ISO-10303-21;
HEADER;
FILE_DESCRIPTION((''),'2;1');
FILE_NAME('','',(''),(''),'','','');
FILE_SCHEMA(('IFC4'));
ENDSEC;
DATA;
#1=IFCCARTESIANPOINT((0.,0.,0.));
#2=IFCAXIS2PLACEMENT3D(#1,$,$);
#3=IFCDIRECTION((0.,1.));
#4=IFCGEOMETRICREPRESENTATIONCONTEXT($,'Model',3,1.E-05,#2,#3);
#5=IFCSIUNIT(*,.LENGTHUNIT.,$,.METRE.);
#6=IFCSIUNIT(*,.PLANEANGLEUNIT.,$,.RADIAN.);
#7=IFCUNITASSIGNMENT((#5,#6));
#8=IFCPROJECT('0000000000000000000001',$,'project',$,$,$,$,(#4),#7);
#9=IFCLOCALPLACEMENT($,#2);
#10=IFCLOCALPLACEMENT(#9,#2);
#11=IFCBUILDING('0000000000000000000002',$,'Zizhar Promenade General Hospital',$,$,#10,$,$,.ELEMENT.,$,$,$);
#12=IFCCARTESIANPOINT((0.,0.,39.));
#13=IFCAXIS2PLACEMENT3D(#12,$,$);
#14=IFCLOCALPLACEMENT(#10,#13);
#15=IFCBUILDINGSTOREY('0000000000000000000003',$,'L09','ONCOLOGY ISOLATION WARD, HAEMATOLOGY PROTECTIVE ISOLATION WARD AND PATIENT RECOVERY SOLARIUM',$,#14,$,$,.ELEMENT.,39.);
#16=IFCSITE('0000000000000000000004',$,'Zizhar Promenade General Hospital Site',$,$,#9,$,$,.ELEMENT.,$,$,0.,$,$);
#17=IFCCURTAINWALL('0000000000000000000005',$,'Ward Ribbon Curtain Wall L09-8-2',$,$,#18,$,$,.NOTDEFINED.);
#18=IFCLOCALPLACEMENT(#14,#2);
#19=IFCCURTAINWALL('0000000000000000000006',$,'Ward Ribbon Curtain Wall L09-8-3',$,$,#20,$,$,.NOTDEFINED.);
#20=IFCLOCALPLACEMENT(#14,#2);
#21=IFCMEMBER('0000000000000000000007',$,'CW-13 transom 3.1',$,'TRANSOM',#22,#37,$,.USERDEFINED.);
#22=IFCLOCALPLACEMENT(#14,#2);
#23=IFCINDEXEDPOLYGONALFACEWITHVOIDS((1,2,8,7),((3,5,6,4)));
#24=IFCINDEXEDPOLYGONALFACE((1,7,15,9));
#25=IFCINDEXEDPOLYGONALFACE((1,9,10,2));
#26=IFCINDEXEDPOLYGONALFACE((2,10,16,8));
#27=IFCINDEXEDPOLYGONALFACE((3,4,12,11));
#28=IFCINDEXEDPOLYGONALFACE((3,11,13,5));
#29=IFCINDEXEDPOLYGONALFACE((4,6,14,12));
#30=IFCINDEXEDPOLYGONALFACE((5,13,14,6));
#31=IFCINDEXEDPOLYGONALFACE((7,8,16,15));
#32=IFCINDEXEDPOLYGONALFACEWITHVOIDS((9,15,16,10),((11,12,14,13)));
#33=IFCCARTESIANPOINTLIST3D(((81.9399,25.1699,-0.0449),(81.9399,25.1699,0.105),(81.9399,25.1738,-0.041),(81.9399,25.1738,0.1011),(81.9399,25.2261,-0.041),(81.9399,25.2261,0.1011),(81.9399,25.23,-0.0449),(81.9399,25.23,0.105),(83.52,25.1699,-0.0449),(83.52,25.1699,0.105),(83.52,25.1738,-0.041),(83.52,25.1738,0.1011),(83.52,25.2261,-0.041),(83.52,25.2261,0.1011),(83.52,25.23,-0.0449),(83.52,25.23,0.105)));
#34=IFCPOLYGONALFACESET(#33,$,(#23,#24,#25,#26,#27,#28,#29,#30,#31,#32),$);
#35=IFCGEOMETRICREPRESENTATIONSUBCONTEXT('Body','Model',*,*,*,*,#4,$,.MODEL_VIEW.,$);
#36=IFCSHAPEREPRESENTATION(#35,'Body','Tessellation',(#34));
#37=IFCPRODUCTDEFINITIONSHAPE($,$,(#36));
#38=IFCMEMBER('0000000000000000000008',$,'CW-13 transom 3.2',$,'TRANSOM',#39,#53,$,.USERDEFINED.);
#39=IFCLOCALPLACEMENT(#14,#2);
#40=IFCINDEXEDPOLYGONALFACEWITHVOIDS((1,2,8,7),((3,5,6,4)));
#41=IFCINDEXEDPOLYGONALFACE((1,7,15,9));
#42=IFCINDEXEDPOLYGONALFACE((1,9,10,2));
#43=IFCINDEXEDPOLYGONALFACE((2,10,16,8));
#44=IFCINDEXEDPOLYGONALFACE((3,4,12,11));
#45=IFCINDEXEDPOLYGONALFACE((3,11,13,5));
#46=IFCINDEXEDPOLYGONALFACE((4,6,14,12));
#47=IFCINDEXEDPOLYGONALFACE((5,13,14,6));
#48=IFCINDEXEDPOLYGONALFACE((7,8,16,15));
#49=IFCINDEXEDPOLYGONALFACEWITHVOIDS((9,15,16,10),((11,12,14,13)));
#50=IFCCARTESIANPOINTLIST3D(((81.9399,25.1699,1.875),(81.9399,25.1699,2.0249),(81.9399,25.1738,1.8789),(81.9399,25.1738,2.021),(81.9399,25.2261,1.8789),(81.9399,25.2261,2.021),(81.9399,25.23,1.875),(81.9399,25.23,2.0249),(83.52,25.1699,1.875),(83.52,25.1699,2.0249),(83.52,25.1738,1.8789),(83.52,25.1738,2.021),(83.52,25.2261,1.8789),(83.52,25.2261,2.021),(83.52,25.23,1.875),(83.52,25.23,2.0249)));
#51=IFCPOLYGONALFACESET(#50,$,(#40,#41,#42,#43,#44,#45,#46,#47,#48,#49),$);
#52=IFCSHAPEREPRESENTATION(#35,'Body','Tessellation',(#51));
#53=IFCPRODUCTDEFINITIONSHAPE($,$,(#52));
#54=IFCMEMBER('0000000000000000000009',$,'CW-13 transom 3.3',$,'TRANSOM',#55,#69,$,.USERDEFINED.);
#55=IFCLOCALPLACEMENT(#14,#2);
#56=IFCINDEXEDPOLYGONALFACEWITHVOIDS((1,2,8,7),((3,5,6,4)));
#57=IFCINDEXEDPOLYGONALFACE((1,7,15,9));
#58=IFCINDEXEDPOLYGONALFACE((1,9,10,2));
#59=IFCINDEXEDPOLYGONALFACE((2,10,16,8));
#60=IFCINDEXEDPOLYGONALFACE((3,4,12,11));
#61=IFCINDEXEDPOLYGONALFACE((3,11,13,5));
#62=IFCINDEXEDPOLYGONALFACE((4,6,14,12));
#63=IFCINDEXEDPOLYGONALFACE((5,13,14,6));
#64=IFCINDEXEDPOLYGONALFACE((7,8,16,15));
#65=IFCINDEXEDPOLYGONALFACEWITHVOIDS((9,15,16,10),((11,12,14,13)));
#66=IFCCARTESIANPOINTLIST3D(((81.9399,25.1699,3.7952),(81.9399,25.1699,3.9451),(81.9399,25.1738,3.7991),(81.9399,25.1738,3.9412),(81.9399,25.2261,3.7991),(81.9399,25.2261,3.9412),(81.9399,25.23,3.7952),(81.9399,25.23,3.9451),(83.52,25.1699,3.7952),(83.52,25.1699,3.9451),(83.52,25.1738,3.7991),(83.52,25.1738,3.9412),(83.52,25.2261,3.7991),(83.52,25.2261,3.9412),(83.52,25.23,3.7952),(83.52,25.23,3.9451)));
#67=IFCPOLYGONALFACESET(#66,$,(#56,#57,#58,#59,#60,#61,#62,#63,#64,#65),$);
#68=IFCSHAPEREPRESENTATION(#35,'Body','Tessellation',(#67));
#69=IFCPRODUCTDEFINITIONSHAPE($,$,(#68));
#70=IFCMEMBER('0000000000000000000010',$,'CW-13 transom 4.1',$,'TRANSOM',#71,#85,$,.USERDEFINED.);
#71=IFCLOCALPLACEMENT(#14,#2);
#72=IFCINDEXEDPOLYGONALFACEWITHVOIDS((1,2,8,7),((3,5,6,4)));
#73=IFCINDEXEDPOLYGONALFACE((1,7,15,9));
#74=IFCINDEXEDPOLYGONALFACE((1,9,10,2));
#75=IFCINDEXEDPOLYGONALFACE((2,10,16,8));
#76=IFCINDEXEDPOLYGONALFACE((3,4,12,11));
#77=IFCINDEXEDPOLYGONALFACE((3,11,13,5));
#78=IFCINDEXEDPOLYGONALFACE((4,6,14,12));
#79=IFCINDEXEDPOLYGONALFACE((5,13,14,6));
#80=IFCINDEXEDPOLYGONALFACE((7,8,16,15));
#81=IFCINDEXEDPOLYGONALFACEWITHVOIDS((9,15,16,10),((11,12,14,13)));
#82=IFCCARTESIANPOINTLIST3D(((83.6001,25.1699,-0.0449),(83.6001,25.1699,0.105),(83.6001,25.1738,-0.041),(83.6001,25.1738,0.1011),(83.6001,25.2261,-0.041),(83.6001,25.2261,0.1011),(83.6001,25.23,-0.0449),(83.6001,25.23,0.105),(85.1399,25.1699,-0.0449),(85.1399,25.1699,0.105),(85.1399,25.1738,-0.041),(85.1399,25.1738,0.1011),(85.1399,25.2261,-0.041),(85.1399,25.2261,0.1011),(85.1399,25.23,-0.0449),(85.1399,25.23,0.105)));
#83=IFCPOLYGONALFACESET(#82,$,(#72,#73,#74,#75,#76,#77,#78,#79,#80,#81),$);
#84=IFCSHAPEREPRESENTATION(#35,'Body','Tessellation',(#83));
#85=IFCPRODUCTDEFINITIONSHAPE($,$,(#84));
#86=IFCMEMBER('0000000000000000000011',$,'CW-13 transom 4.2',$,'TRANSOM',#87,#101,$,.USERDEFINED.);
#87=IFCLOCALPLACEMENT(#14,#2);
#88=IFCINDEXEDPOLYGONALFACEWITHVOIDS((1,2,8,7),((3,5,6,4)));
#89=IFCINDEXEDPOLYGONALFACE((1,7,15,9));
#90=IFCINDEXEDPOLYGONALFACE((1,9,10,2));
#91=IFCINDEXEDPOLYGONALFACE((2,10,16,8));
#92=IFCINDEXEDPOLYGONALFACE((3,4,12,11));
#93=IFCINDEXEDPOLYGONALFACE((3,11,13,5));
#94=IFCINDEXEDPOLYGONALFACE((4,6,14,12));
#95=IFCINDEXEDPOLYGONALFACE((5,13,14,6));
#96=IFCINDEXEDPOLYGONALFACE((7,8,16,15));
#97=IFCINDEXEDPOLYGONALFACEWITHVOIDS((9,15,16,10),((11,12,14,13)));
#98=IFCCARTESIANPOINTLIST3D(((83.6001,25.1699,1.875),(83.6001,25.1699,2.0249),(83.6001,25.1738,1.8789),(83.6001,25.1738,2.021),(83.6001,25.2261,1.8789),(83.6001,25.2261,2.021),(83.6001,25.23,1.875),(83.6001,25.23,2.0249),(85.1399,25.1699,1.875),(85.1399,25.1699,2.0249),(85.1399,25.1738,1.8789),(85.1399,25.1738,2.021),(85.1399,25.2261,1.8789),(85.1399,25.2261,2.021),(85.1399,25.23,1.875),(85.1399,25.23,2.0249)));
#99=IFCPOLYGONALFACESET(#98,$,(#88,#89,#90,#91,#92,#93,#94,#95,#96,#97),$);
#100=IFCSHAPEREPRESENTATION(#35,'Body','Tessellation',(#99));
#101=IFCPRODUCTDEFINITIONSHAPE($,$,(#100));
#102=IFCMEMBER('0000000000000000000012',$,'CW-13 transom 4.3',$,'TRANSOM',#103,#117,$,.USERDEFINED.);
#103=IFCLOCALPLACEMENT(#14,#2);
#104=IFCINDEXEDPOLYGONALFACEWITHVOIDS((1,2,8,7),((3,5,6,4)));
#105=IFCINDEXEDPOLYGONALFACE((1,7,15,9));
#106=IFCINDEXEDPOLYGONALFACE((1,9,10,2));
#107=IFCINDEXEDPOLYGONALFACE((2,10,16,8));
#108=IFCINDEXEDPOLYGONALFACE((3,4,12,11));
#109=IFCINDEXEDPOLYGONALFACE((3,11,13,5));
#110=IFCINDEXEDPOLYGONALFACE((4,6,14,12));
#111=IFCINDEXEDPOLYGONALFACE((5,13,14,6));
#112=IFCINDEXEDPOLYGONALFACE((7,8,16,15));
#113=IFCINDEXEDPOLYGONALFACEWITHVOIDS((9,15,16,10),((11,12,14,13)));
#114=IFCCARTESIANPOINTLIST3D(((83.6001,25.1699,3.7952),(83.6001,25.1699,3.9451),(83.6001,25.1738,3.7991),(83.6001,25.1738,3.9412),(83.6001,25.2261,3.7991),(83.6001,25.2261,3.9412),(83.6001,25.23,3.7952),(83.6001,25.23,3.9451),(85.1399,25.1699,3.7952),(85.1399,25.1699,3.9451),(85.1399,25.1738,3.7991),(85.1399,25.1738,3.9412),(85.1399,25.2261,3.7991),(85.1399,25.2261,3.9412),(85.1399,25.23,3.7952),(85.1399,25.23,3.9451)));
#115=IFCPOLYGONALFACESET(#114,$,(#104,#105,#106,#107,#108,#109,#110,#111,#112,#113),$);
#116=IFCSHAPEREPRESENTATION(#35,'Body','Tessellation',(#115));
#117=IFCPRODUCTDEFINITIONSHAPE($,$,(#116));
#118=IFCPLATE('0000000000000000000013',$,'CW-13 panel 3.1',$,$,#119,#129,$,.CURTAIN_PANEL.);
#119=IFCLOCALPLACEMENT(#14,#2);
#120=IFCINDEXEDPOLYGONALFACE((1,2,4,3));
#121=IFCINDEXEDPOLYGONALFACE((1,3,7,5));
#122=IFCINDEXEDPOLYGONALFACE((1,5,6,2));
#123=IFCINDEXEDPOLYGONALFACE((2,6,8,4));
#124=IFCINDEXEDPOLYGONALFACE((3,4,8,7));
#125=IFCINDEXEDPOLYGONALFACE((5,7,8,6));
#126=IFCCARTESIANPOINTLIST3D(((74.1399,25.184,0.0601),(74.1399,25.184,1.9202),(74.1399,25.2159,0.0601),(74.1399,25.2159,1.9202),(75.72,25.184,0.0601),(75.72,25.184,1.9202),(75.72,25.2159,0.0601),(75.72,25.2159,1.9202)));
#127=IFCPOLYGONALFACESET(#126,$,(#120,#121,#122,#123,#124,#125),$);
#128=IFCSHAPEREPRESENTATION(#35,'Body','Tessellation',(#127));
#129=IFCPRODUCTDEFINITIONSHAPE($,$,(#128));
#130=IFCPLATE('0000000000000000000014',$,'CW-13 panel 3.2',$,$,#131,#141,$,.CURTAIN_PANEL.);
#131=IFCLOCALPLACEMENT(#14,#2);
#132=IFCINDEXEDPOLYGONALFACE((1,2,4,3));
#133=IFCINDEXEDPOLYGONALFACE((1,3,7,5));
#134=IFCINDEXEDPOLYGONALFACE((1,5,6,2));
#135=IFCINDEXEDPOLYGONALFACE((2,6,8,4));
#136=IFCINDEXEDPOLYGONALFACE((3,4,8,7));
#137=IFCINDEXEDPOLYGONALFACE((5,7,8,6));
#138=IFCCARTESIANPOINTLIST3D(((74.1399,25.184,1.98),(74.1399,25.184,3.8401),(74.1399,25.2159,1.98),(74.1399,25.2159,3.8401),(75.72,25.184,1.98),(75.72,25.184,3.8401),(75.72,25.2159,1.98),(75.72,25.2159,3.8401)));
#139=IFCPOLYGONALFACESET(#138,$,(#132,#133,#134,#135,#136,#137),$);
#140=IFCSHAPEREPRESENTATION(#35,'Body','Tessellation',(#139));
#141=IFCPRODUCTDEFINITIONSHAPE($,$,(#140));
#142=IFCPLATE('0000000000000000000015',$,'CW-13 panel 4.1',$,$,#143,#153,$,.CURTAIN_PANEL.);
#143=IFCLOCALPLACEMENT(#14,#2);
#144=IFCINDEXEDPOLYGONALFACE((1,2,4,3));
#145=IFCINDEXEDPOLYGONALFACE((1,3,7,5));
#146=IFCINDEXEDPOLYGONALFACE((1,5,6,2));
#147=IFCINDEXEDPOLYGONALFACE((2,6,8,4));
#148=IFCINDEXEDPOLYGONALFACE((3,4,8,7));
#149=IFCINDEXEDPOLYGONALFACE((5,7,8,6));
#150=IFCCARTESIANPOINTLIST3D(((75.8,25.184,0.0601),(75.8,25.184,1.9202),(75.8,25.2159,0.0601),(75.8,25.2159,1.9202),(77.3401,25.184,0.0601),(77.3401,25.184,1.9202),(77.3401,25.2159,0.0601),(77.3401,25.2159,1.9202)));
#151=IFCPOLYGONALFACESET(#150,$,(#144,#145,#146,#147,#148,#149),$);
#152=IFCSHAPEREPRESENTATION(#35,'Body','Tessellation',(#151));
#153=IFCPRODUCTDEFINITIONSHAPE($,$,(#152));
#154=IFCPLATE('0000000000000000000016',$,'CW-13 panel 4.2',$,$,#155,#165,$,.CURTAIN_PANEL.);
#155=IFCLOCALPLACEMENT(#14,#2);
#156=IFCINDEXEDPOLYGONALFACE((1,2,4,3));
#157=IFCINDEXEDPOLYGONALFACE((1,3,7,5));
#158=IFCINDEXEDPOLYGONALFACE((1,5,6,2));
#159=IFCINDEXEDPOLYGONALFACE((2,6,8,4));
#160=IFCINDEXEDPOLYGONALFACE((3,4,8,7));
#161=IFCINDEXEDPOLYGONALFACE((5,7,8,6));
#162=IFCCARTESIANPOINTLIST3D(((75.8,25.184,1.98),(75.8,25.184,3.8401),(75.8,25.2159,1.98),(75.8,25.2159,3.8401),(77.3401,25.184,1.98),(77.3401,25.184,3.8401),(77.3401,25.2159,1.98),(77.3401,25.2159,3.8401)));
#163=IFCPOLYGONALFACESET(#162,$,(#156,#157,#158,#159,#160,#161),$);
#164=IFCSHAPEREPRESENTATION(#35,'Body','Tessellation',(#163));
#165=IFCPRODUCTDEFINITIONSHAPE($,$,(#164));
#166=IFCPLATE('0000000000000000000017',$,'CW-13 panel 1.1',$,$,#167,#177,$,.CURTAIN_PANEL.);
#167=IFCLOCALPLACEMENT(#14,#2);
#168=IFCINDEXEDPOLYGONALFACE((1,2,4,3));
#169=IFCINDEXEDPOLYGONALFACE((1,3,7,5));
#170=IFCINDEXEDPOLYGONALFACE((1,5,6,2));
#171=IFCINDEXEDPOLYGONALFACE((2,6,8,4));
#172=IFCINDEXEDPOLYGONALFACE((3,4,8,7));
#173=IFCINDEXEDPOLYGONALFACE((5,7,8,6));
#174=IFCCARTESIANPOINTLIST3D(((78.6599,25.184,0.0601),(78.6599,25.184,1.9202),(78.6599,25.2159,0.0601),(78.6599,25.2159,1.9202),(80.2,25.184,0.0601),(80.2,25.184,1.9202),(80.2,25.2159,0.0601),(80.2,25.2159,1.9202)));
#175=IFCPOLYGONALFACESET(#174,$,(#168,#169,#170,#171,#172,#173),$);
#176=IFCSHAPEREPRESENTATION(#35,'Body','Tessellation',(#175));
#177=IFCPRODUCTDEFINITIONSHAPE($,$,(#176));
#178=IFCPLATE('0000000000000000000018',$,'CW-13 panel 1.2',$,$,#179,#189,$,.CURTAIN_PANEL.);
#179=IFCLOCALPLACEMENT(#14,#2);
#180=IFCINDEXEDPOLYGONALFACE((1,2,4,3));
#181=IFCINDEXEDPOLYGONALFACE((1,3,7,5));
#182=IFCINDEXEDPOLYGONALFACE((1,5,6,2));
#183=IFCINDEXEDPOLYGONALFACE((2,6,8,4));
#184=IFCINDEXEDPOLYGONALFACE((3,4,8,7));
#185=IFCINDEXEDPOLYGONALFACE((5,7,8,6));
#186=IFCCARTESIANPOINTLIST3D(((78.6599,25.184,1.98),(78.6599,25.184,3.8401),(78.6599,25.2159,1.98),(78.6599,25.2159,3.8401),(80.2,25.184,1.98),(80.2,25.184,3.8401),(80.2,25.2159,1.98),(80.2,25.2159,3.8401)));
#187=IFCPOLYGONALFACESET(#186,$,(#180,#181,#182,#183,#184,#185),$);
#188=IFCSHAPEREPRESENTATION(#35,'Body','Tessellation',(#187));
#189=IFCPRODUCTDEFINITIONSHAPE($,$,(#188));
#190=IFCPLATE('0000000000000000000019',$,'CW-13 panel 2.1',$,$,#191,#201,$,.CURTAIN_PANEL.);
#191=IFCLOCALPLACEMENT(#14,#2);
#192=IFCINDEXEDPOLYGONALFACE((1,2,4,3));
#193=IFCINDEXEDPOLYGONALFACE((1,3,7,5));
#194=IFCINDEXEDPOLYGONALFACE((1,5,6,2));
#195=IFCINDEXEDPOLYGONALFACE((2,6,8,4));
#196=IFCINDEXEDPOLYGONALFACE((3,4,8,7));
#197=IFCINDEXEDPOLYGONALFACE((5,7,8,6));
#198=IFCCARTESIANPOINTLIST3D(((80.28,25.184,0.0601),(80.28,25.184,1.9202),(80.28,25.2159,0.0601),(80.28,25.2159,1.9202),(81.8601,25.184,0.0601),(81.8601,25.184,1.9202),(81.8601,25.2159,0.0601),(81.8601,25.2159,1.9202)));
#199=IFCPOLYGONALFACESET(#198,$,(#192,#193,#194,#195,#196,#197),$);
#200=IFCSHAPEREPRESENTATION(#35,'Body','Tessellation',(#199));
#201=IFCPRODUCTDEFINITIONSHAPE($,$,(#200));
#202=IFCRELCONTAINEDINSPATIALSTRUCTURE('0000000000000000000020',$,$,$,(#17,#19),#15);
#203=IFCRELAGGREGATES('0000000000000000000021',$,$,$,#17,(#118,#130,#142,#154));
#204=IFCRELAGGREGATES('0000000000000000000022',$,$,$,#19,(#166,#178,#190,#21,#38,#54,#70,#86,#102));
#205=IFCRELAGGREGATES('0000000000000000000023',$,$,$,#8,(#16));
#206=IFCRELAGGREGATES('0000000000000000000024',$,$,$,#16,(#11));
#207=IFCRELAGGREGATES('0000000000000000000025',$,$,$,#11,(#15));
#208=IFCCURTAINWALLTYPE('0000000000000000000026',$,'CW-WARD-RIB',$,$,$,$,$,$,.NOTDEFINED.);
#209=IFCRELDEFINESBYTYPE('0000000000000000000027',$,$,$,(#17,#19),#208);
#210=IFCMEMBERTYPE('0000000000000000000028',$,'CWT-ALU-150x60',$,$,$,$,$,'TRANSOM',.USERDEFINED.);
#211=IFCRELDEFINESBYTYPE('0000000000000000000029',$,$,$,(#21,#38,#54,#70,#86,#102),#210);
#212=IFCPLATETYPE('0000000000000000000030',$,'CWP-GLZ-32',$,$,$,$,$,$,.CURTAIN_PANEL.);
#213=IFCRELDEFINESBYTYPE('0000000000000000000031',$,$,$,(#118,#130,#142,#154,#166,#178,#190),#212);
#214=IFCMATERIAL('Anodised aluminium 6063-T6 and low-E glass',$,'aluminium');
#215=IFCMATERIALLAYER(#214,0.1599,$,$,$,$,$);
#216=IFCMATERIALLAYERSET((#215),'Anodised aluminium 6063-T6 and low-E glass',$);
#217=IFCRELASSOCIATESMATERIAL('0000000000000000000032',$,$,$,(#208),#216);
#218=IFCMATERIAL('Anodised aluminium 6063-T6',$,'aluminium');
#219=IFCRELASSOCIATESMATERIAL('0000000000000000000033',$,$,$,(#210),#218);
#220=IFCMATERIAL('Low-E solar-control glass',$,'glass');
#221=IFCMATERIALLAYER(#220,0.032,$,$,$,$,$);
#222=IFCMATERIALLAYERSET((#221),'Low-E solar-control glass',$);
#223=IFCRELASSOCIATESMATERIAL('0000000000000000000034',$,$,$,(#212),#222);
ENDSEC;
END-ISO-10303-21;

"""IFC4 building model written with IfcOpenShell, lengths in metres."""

from ifc_helpers import new_model, si_unit, direction, frame, origin, origin_2d, place, context, subcontext, project, spatial, rectangle, hollow_rectangle, extrude, material, layer, layer_set, material_profile, profile_set, type_object, element, aggregate, save


model = new_model("IFC4")

# Units and contexts
model_context = context("Model", 3, precision=1e-05, world=origin(), true_north=direction((0.0, 1.0)))
body_context = subcontext(model_context, "Body", "Model", "MODEL_VIEW")
ifc_project = project(units=[si_unit("LENGTHUNIT", "METRE"), si_unit("PLANEANGLEUNIT", "RADIAN")], contexts=[model_context])

# Site, building, storey
site_placement = place(None, origin())
site = spatial("IfcSite", under=ifc_project, at=site_placement, Name="Zizhar Promenade General Hospital Site", CompositionType="ELEMENT", RefElevation=0.0)
building_placement = place(site_placement, origin())
building = spatial("IfcBuilding", under=site, at=building_placement, Name="Zizhar Promenade General Hospital", CompositionType="ELEMENT")
storey_placement = place(building_placement, frame((0.0, 0.0, 39.0)))
storey = spatial("IfcBuildingStorey", under=building, at=storey_placement, Name="L09", Description="ONCOLOGY ISOLATION WARD, HAEMATOLOGY PROTECTIVE ISOLATION WARD AND PATIENT RECOVERY SOLARIUM", CompositionType="ELEMENT", Elevation=39.0)

# Curtain walls
ifc_material_1 = material(Name="Anodised aluminium 6063-T6 and low-E glass", Category="aluminium")
ifc_layer_1 = layer(ifc_material_1, 0.1599)
ifc_layer_set_1 = layer_set([ifc_layer_1], Name="Anodised aluminium 6063-T6 and low-E glass")
curtain_wall_type = type_object("IfcCurtainWallType", Name="CW-WARD-RIB", PredefinedType="NOTDEFINED", material=ifc_layer_set_1)
curtain_wall_1_placement = place(storey_placement, origin())
curtain_wall_1 = element("IfcCurtainWall", 1, at=curtain_wall_1_placement, inside=storey, type_object=curtain_wall_type, Name="Ward Ribbon Curtain Wall L09-8-2", PredefinedType="NOTDEFINED")
curtain_wall_2_placement = place(storey_placement, origin())
curtain_wall_2 = element("IfcCurtainWall", 2, at=curtain_wall_2_placement, inside=storey, type_object=curtain_wall_type, Name="Ward Ribbon Curtain Wall L09-8-3", PredefinedType="NOTDEFINED")

# Members
ifc_material_2 = material(Name="Anodised aluminium 6063-T6", Category="aluminium")
ifc_material_profile_1 = material_profile(ifc_material_2, hollow_rectangle(XDim=0.0601, YDim=0.1499, WallThickness=0.0039, at=origin_2d()))
ifc_profile_set_1 = profile_set([ifc_material_profile_1], Name="Anodised aluminium 6063-T6")
member_type_1 = type_object("IfcMemberType", Name="CWT-ALU-150x60", ElementType="TRANSOM", PredefinedType="USERDEFINED", material=ifc_profile_set_1)
member_1_placement = place(storey_placement, frame((81.9399, 25.2, 0.03), z_axis=(1.0, 0.0, 0.0), x_axis=(0.0, 1.0, 0.0)))
member_1 = element("IfcMember", 3, at=member_1_placement, type_object=member_type_1, Name="CW-13 transom 3.1", ObjectType="TRANSOM", PredefinedType="USERDEFINED", context=body_context, shape_type="SweptSolid", body=[
    extrude(hollow_rectangle(XDim=0.0601, YDim=0.1499, WallThickness=0.0039, at=origin_2d()), origin(), (0.0, 0.0, 1.0), 1.5801),
])
member_2_placement = place(storey_placement, frame((81.9399, 25.2, 1.95), z_axis=(1.0, 0.0, 0.0), x_axis=(0.0, 1.0, 0.0)))
member_2 = element("IfcMember", 4, at=member_2_placement, type_object=member_type_1, Name="CW-13 transom 3.2", ObjectType="TRANSOM", PredefinedType="USERDEFINED", context=body_context, shape_type="SweptSolid", body=[
    extrude(hollow_rectangle(XDim=0.0601, YDim=0.1499, WallThickness=0.0039, at=origin_2d()), origin(), (0.0, 0.0, 1.0), 1.5801),
])
member_3_placement = place(storey_placement, frame((81.9399, 25.2, 3.8701), z_axis=(1.0, 0.0, 0.0), x_axis=(0.0, 1.0, 0.0)))
member_3 = element("IfcMember", 5, at=member_3_placement, type_object=member_type_1, Name="CW-13 transom 3.3", ObjectType="TRANSOM", PredefinedType="USERDEFINED", context=body_context, shape_type="SweptSolid", body=[
    extrude(hollow_rectangle(XDim=0.0601, YDim=0.1499, WallThickness=0.0039, at=origin_2d()), origin(), (0.0, 0.0, 1.0), 1.5801),
])
member_4_placement = place(storey_placement, frame((83.6001, 25.2, 0.03), z_axis=(1.0, 0.0, 0.0), x_axis=(0.0, 1.0, 0.0)))
member_4 = element("IfcMember", 6, at=member_4_placement, type_object=member_type_1, Name="CW-13 transom 4.1", ObjectType="TRANSOM", PredefinedType="USERDEFINED", context=body_context, shape_type="SweptSolid", body=[
    extrude(hollow_rectangle(XDim=0.0601, YDim=0.1499, WallThickness=0.0039, at=origin_2d()), origin(), (0.0, 0.0, 1.0), 1.5398),
])
member_5_placement = place(storey_placement, frame((83.6001, 25.2, 1.95), z_axis=(1.0, 0.0, 0.0), x_axis=(0.0, 1.0, 0.0)))
member_5 = element("IfcMember", 7, at=member_5_placement, type_object=member_type_1, Name="CW-13 transom 4.2", ObjectType="TRANSOM", PredefinedType="USERDEFINED", context=body_context, shape_type="SweptSolid", body=[
    extrude(hollow_rectangle(XDim=0.0601, YDim=0.1499, WallThickness=0.0039, at=origin_2d()), origin(), (0.0, 0.0, 1.0), 1.5398),
])
member_6_placement = place(storey_placement, frame((83.6001, 25.2, 3.8701), z_axis=(1.0, 0.0, 0.0), x_axis=(0.0, 1.0, 0.0)))
member_6 = element("IfcMember", 8, at=member_6_placement, type_object=member_type_1, Name="CW-13 transom 4.3", ObjectType="TRANSOM", PredefinedType="USERDEFINED", context=body_context, shape_type="SweptSolid", body=[
    extrude(hollow_rectangle(XDim=0.0601, YDim=0.1499, WallThickness=0.0039, at=origin_2d()), origin(), (0.0, 0.0, 1.0), 1.5398),
])

# Plates
ifc_material_3 = material(Name="Low-E solar-control glass", Category="glass")
ifc_layer_2 = layer(ifc_material_3, 0.032)
ifc_layer_set_2 = layer_set([ifc_layer_2], Name="Low-E solar-control glass")
plate_type = type_object("IfcPlateType", Name="CWP-GLZ-32", PredefinedType="CURTAIN_PANEL", material=ifc_layer_set_2)
plate_1_placement = place(storey_placement, frame((74.9299, 25.2, 0.0601), z_axis=(0.0, 0.0, 1.0), x_axis=(1.0, 0.0, 0.0)))
plate_1 = element("IfcPlate", 9, at=plate_1_placement, type_object=plate_type, Name="CW-13 panel 3.1", PredefinedType="CURTAIN_PANEL", context=body_context, shape_type="SweptSolid", body=[
    extrude(rectangle(XDim=1.5801, YDim=0.032, at=origin_2d()), origin(), (0.0, 0.0, 1.0), 1.8601),
])
plate_2_placement = place(storey_placement, frame((74.9299, 25.2, 1.98), z_axis=(0.0, 0.0, 1.0), x_axis=(1.0, 0.0, 0.0)))
plate_2 = element("IfcPlate", 10, at=plate_2_placement, type_object=plate_type, Name="CW-13 panel 3.2", PredefinedType="CURTAIN_PANEL", context=body_context, shape_type="SweptSolid", body=[
    extrude(rectangle(XDim=1.5801, YDim=0.032, at=origin_2d()), origin(), (0.0, 0.0, 1.0), 1.8601),
])
plate_3_placement = place(storey_placement, frame((76.5701, 25.2, 0.0601), z_axis=(0.0, 0.0, 1.0), x_axis=(1.0, 0.0, 0.0)))
plate_3 = element("IfcPlate", 11, at=plate_3_placement, type_object=plate_type, Name="CW-13 panel 4.1", PredefinedType="CURTAIN_PANEL", context=body_context, shape_type="SweptSolid", body=[
    extrude(rectangle(XDim=1.54, YDim=0.032, at=origin_2d()), origin(), (0.0, 0.0, 1.0), 1.8601),
])
plate_4_placement = place(storey_placement, frame((76.5701, 25.2, 1.98), z_axis=(0.0, 0.0, 1.0), x_axis=(1.0, 0.0, 0.0)))
plate_4 = element("IfcPlate", 12, at=plate_4_placement, type_object=plate_type, Name="CW-13 panel 4.2", PredefinedType="CURTAIN_PANEL", context=body_context, shape_type="SweptSolid", body=[
    extrude(rectangle(XDim=1.54, YDim=0.032, at=origin_2d()), origin(), (0.0, 0.0, 1.0), 1.8601),
])
aggregate(curtain_wall_1, [plate_1, plate_2, plate_3, plate_4])
plate_5_placement = place(storey_placement, frame((79.4299, 25.2, 0.0601), z_axis=(0.0, 0.0, 1.0), x_axis=(1.0, 0.0, 0.0)))
plate_5 = element("IfcPlate", 13, at=plate_5_placement, type_object=plate_type, Name="CW-13 panel 1.1", PredefinedType="CURTAIN_PANEL", context=body_context, shape_type="SweptSolid", body=[
    extrude(rectangle(XDim=1.54, YDim=0.032, at=origin_2d()), origin(), (0.0, 0.0, 1.0), 1.8601),
])
plate_6_placement = place(storey_placement, frame((79.4299, 25.2, 1.98), z_axis=(0.0, 0.0, 1.0), x_axis=(1.0, 0.0, 0.0)))
plate_6 = element("IfcPlate", 14, at=plate_6_placement, type_object=plate_type, Name="CW-13 panel 1.2", PredefinedType="CURTAIN_PANEL", context=body_context, shape_type="SweptSolid", body=[
    extrude(rectangle(XDim=1.54, YDim=0.032, at=origin_2d()), origin(), (0.0, 0.0, 1.0), 1.8601),
])
plate_7_placement = place(storey_placement, frame((81.0701, 25.2, 0.0601), z_axis=(0.0, 0.0, 1.0), x_axis=(1.0, 0.0, 0.0)))
plate_7 = element("IfcPlate", 15, at=plate_7_placement, type_object=plate_type, Name="CW-13 panel 2.1", PredefinedType="CURTAIN_PANEL", context=body_context, shape_type="SweptSolid", body=[
    extrude(rectangle(XDim=1.5801, YDim=0.032, at=origin_2d()), origin(), (0.0, 0.0, 1.0), 1.8601),
])
aggregate(curtain_wall_2, [plate_5, plate_6, plate_7, member_1, member_2, member_3, member_4, member_5, member_6])

save(model, "model.ifc")
